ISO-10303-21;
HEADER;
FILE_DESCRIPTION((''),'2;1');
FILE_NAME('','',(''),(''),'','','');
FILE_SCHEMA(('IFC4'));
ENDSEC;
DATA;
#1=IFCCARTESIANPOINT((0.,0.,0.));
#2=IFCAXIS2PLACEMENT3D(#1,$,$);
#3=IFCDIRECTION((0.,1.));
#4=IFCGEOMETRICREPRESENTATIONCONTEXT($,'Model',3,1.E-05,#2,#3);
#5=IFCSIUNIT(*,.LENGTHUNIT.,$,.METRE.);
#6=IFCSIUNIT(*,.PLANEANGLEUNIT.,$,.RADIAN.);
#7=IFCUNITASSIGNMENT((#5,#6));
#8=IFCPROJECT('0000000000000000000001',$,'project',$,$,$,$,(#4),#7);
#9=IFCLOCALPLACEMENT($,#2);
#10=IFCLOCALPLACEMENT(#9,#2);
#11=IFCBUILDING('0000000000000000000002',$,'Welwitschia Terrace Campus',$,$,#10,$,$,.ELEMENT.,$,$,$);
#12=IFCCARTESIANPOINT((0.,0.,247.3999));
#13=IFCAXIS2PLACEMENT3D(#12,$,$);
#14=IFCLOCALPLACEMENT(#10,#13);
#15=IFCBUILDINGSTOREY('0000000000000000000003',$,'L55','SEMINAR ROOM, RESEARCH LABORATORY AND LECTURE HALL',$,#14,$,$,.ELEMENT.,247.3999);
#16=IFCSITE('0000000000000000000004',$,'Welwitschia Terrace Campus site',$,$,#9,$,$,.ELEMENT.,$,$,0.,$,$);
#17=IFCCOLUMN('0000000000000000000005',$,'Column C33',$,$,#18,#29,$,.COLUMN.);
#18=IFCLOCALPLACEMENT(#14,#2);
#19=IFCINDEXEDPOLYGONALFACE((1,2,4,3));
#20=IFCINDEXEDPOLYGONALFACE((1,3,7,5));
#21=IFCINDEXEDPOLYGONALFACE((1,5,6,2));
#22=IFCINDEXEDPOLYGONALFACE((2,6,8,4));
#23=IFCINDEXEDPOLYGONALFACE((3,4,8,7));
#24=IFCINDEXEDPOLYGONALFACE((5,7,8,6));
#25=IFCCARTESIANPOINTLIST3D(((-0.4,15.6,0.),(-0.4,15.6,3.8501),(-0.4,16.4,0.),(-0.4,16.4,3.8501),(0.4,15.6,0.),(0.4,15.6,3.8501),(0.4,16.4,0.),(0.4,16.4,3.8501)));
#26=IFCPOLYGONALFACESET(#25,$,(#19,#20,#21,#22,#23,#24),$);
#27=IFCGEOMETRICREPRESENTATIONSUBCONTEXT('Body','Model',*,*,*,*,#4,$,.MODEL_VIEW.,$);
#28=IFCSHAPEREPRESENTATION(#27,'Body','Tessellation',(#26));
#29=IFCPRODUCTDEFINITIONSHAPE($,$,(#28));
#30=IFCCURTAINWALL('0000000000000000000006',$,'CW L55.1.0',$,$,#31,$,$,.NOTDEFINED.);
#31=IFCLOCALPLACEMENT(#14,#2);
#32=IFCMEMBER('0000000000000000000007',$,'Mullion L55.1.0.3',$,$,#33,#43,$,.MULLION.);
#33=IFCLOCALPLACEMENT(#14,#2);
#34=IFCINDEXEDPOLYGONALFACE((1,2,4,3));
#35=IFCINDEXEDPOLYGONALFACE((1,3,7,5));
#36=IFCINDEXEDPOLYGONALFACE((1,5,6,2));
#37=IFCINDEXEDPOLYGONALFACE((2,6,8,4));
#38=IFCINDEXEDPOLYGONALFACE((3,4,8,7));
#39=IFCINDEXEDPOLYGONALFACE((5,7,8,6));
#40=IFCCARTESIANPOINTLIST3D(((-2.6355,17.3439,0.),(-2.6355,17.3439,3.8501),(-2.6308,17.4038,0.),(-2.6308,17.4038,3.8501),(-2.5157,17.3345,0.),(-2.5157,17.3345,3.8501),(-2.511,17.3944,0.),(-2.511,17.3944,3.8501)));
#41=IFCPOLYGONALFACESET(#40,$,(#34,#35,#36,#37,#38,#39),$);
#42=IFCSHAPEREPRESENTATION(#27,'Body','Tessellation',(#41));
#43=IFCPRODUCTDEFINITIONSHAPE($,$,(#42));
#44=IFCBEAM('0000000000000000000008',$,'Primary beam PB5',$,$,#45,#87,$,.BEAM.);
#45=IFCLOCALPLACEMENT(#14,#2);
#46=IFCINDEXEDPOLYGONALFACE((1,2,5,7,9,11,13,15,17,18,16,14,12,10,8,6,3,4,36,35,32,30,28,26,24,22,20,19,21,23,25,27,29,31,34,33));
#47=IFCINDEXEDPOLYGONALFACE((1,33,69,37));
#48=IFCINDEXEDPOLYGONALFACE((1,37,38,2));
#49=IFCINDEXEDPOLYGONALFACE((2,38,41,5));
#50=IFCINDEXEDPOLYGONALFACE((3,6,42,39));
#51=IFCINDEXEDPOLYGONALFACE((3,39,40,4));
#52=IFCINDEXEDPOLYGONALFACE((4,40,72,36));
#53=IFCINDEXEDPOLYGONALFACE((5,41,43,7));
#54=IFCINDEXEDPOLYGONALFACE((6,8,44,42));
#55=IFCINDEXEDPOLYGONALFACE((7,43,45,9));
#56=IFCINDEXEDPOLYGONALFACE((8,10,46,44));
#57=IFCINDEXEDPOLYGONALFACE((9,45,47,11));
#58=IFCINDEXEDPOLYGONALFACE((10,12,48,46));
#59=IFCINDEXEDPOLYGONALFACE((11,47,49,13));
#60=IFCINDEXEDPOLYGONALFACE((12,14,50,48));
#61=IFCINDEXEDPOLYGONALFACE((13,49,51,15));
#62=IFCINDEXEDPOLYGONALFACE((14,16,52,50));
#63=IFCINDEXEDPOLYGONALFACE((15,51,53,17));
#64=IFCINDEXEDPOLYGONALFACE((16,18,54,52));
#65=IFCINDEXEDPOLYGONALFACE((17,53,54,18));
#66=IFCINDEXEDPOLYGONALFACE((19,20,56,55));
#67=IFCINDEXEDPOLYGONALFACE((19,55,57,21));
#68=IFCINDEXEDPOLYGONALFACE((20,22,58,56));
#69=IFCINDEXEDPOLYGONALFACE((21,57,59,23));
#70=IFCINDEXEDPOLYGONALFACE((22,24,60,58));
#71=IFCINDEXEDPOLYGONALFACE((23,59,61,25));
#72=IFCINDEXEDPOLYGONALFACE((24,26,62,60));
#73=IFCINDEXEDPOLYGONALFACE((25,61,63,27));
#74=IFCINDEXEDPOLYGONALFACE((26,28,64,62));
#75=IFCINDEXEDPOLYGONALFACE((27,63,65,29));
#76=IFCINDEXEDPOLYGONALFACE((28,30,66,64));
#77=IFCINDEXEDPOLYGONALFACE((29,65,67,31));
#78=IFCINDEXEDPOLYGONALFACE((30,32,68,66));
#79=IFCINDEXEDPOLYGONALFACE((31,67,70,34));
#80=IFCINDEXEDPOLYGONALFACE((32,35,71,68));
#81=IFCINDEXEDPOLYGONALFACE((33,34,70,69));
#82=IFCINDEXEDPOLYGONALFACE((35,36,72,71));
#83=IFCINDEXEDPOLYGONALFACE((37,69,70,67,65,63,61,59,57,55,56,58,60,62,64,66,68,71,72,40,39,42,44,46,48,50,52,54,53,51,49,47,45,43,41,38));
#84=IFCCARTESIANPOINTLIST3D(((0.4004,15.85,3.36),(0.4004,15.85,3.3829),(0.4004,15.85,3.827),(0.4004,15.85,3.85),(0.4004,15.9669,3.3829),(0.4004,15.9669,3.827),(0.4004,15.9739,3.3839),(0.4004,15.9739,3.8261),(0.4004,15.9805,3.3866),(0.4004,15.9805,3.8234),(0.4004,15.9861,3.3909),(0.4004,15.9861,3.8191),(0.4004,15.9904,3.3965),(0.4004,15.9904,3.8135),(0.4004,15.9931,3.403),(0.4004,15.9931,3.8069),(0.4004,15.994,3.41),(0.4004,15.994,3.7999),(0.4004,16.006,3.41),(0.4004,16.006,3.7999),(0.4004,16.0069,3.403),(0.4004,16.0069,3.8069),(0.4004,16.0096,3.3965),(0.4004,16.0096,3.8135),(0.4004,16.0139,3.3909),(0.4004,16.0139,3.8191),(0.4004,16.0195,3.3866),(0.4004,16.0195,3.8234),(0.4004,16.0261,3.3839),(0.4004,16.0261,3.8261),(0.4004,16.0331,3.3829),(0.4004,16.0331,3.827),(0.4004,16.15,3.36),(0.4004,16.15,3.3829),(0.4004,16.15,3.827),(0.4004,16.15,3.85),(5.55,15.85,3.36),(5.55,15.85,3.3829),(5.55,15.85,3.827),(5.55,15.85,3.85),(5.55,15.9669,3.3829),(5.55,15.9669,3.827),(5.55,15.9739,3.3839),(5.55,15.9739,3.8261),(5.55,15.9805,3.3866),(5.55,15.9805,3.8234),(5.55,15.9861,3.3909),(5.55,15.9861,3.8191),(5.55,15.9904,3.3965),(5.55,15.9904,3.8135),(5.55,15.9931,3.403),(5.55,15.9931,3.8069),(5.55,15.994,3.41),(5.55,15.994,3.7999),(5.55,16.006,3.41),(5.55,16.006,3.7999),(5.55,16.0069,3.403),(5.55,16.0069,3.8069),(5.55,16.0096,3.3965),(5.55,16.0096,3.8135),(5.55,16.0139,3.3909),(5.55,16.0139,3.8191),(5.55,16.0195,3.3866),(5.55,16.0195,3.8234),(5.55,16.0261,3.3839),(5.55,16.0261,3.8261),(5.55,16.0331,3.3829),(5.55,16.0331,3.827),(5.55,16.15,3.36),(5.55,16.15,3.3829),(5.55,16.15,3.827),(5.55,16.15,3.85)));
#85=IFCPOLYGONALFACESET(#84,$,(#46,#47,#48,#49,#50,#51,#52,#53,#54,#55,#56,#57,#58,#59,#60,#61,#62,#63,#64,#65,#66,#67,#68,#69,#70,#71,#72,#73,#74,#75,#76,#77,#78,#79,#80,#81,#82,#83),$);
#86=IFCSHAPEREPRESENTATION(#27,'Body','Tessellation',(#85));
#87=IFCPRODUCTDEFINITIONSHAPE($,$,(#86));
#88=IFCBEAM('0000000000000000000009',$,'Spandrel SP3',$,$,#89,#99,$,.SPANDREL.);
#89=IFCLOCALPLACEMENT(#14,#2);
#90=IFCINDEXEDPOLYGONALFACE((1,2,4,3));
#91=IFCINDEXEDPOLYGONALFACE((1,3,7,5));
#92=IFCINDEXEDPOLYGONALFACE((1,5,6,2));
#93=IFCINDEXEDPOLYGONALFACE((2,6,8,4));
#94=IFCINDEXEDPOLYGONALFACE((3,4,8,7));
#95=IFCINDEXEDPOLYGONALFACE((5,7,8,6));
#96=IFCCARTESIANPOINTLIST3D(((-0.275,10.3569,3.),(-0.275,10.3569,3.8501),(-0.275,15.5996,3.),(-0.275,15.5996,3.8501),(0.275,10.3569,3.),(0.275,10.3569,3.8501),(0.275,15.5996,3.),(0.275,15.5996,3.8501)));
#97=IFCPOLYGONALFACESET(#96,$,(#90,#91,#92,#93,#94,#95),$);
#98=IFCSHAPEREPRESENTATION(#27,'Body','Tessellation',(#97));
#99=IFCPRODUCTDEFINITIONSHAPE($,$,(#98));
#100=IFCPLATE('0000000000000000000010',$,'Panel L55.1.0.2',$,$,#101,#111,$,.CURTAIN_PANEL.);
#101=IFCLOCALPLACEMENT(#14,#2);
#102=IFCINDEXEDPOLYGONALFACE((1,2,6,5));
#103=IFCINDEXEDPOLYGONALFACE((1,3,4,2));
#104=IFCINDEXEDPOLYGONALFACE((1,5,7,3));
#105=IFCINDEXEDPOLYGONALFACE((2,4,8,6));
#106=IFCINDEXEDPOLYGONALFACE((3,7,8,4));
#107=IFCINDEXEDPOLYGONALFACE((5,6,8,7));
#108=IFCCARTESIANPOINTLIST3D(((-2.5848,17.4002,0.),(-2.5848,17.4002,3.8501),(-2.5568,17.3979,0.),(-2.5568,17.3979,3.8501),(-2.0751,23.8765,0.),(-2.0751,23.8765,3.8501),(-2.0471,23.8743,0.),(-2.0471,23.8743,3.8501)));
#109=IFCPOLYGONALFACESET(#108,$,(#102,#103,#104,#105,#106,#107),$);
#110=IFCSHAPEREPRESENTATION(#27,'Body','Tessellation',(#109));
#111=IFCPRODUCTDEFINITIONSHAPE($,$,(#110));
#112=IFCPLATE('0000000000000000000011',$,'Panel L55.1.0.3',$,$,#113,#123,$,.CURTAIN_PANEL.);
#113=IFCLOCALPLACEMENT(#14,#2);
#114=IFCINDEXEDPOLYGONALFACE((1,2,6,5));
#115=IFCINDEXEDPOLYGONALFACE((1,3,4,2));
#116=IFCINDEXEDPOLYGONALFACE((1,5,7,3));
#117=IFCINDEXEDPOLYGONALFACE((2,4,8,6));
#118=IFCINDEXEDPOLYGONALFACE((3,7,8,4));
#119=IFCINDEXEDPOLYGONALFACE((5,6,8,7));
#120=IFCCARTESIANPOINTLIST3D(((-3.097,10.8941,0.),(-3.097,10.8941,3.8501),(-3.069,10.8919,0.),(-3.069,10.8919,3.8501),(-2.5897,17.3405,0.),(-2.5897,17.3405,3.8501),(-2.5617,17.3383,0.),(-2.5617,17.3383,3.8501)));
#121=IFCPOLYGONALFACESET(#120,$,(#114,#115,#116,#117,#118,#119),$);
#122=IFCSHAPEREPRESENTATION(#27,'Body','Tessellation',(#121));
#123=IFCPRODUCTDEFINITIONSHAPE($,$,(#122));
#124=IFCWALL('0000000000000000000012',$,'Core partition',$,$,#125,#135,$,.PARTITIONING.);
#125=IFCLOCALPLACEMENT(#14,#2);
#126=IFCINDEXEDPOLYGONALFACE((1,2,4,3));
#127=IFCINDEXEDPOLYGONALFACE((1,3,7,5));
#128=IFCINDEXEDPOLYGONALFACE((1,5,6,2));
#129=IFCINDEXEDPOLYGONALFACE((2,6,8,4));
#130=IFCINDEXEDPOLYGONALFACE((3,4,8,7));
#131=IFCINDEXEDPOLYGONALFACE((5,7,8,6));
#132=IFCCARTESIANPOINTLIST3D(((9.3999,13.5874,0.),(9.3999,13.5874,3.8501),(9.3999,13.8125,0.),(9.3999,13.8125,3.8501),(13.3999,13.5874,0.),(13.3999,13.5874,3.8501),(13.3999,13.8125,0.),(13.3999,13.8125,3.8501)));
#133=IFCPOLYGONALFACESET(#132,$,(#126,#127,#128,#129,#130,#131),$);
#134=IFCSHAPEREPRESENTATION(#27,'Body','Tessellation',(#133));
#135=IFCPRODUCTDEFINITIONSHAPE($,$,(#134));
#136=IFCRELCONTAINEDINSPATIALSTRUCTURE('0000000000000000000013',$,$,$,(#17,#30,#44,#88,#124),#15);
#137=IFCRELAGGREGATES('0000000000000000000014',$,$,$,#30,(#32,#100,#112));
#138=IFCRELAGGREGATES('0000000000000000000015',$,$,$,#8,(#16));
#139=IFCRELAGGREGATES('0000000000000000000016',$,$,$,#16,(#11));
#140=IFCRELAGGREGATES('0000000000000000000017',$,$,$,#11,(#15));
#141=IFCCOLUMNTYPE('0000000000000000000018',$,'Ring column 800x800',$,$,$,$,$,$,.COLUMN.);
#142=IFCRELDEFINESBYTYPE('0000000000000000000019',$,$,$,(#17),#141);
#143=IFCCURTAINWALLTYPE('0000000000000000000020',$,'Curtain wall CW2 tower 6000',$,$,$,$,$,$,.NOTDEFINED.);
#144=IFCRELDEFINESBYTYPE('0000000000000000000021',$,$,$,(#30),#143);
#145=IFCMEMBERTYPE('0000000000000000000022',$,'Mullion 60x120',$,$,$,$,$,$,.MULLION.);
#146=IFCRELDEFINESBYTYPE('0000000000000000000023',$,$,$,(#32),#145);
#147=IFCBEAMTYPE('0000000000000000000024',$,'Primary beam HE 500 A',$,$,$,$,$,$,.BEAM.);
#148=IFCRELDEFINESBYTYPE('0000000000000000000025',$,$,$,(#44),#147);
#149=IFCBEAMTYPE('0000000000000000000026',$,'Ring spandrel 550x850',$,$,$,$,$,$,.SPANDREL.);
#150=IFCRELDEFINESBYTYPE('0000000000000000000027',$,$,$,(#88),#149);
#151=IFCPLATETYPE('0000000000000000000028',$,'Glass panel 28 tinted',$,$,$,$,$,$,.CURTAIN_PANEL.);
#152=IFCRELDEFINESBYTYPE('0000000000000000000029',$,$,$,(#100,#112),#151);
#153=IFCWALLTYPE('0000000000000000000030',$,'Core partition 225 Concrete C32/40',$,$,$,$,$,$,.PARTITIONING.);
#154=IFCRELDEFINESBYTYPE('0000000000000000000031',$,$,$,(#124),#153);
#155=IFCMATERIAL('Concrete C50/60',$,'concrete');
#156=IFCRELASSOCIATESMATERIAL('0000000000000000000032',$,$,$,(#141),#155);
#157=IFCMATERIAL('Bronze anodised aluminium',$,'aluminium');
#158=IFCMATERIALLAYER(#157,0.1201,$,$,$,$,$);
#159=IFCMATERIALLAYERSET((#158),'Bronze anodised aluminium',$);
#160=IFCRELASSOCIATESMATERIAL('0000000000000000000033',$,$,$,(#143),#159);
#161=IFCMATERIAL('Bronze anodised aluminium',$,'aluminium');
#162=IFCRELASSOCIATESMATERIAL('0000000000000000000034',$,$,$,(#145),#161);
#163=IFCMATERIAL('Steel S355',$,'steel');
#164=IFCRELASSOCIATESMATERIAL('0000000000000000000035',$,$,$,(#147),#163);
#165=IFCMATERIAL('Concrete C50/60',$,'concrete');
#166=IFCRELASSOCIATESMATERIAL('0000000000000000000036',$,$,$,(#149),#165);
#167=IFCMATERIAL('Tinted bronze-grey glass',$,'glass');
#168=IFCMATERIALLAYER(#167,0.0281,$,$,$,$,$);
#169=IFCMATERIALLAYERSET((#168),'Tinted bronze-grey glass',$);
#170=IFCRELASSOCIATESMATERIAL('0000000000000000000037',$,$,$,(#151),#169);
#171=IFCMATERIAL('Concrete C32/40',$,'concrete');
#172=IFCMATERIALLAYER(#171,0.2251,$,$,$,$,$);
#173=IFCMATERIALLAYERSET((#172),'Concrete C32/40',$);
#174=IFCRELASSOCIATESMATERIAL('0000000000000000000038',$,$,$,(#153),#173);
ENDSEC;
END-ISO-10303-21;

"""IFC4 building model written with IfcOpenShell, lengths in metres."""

from ifc_helpers import new_model, si_unit, direction, frame, frame_2d, origin, origin_2d, place, context, subcontext, project, spatial, rectangle, i_section, extrude, material, layer, layer_set, material_profile, profile_set, type_object, element, aggregate, save


model = new_model("IFC4")

# Units and contexts
model_context = context("Model", 3, precision=1e-05, world=origin(), true_north=direction((0.0, 1.0)))
body_context = subcontext(model_context, "Body", "Model", "MODEL_VIEW")
ifc_project = project(units=[si_unit("LENGTHUNIT", "METRE"), si_unit("PLANEANGLEUNIT", "RADIAN")], contexts=[model_context])

# Site, building, storey
site_placement = place(None, origin())
site = spatial("IfcSite", under=ifc_project, at=site_placement, Name="Welwitschia Terrace Campus site", CompositionType="ELEMENT", RefElevation=0.0)
building_placement = place(site_placement, origin())
building = spatial("IfcBuilding", under=site, at=building_placement, Name="Welwitschia Terrace Campus", CompositionType="ELEMENT")
storey_placement = place(building_placement, frame((0.0, 0.0, 247.3999)))
storey = spatial("IfcBuildingStorey", under=building, at=storey_placement, Name="L55", Description="SEMINAR ROOM, RESEARCH LABORATORY AND LECTURE HALL", CompositionType="ELEMENT", Elevation=247.3999)

# Column
ifc_material_1 = material(Name="Concrete C50/60", Category="concrete")
ifc_material_profile_1 = material_profile(ifc_material_1, rectangle(XDim=0.8, YDim=0.8, at=origin_2d()))
ifc_profile_set_1 = profile_set([ifc_material_profile_1], Name="Concrete C50/60")
column_type = type_object("IfcColumnType", Name="Ring column 800x800", PredefinedType="COLUMN", material=ifc_profile_set_1)
column_placement = place(storey_placement, frame((0.0, 16.0, 0.0), z_axis=(0.0, 0.0, 1.0), x_axis=(1.0, 0.0, 0.0)))
element("IfcColumn", 1, at=column_placement, inside=storey, type_object=column_type, Name="Column C33", PredefinedType="COLUMN", context=body_context, shape_type="SweptSolid", body=[
    extrude(rectangle(XDim=0.8, YDim=0.8, at=origin_2d()), origin(), (0.0, 0.0, 1.0), 3.8501),
])

# Curtain wall, member
ifc_material_2 = material(Name="Bronze anodised aluminium", Category="aluminium")
ifc_layer_1 = layer(ifc_material_2, 0.1201)
ifc_layer_set_1 = layer_set([ifc_layer_1], Name="Bronze anodised aluminium")
curtain_wall_type = type_object("IfcCurtainWallType", Name="Curtain wall CW2 tower 6000", PredefinedType="NOTDEFINED", material=ifc_layer_set_1)
curtain_wall_placement = place(storey_placement, origin())
curtain_wall = element("IfcCurtainWall", 2, at=curtain_wall_placement, inside=storey, type_object=curtain_wall_type, Name="CW L55.1.0", PredefinedType="NOTDEFINED")
ifc_material_3 = material(Name="Bronze anodised aluminium", Category="aluminium")
ifc_material_profile_2 = material_profile(ifc_material_3, rectangle(XDim=0.1201, YDim=0.0601, at=origin_2d()))
ifc_profile_set_2 = profile_set([ifc_material_profile_2], Name="Bronze anodised aluminium")
member_type = type_object("IfcMemberType", Name="Mullion 60x120", PredefinedType="MULLION", material=ifc_profile_set_2)
member_placement = place(storey_placement, frame((-2.5732, 17.3691, 0.0), z_axis=(0.0, 0.0, 1.0), x_axis=(0.996917, -0.078459, 0.0)))
member = element("IfcMember", 3, at=member_placement, type_object=member_type, Name="Mullion L55.1.0.3", PredefinedType="MULLION", context=body_context, shape_type="SweptSolid", body=[
    extrude(rectangle(XDim=0.1201, YDim=0.0601, at=origin_2d()), origin(), (0.0, 0.0, 1.0), 3.8501),
])

# Beams
ifc_material_4 = material(Name="Steel S355", Category="steel")
ifc_material_profile_3 = material_profile(ifc_material_4, i_section(OverallWidth=0.3, OverallDepth=0.49, WebThickness=0.012, FlangeThickness=0.0229, FilletRadius=0.0271, at=origin_2d()))
ifc_profile_set_3 = profile_set([ifc_material_profile_3], Name="Steel S355")
beam_type_1 = type_object("IfcBeamType", Name="Primary beam HE 500 A", PredefinedType="BEAM", material=ifc_profile_set_3)
beam_1_placement = place(storey_placement, frame((0.4004, 16.0, 3.605), z_axis=(1.0, 0.0, 0.0), x_axis=(0.0, 1.0, 0.0)))
element("IfcBeam", 4, at=beam_1_placement, inside=storey, type_object=beam_type_1, Name="Primary beam PB5", PredefinedType="BEAM", context=body_context, shape_type="SweptSolid", body=[
    extrude(i_section(OverallWidth=0.3, OverallDepth=0.49, WebThickness=0.012, FlangeThickness=0.0229, FilletRadius=0.0271, at=origin_2d()), origin(), (0.0, 0.0, 1.0), 5.1497),
])
ifc_material_5 = material(Name="Concrete C50/60", Category="concrete")
ifc_material_profile_4 = material_profile(ifc_material_5, rectangle(XDim=0.55, YDim=0.8501, at=origin_2d()))
ifc_profile_set_4 = profile_set([ifc_material_profile_4], Name="Concrete C50/60")
beam_type_2 = type_object("IfcBeamType", Name="Ring spandrel 550x850", PredefinedType="SPANDREL", material=ifc_profile_set_4)
beam_2_placement = place(storey_placement, frame((0.0, 15.5996, 3.425), z_axis=(0.0, -1.0, 0.0), x_axis=(1.0, 0.0, 0.0)))
element("IfcBeam", 5, at=beam_2_placement, inside=storey, type_object=beam_type_2, Name="Spandrel SP3", PredefinedType="SPANDREL", context=body_context, shape_type="SweptSolid", body=[
    extrude(rectangle(XDim=0.55, YDim=0.8501, at=origin_2d()), origin(), (0.0, 0.0, 1.0), 5.2427),
])

# Plates
ifc_material_6 = material(Name="Tinted bronze-grey glass", Category="glass")
ifc_layer_2 = layer(ifc_material_6, 0.0281)
ifc_layer_set_2 = layer_set([ifc_layer_2], Name="Tinted bronze-grey glass")
plate_type = type_object("IfcPlateType", Name="Glass panel 28 tinted", PredefinedType="CURTAIN_PANEL", material=ifc_layer_set_2)
plate_1_placement = place(storey_placement, frame((-2.3159, 20.6372, 0.0), z_axis=(0.0, 0.0, 1.0), x_axis=(-0.078459, -0.996917, 0.0)))
plate_1 = element("IfcPlate", 6, at=plate_1_placement, type_object=plate_type, Name="Panel L55.1.0.2", PredefinedType="CURTAIN_PANEL", context=body_context, shape_type="SweptSolid", body=[
    extrude(rectangle(XDim=6.4963, YDim=0.0281, at=origin_2d()), origin(), (0.0, 0.0, 1.0), 3.8501),
])
plate_2_placement = place(storey_placement, frame((-2.8293, 14.1162, 0.0), z_axis=(0.0, 0.0, 1.0), x_axis=(-0.078459, -0.996917, 0.0)))
plate_2 = element("IfcPlate", 7, at=plate_2_placement, type_object=plate_type, Name="Panel L55.1.0.3", PredefinedType="CURTAIN_PANEL", context=body_context, shape_type="SweptSolid", body=[
    extrude(rectangle(XDim=6.4663, YDim=0.0281, at=origin_2d()), origin(), (0.0, 0.0, 1.0), 3.8501),
])
aggregate(curtain_wall, [member, plate_1, plate_2])

# Wall
ifc_material_7 = material(Name="Concrete C32/40", Category="concrete")
ifc_layer_3 = layer(ifc_material_7, 0.2251)
ifc_layer_set_3 = layer_set([ifc_layer_3], Name="Concrete C32/40")
wall_type_1 = type_object("IfcWallType", Name="Core partition 225 Concrete C32/40", PredefinedType="PARTITIONING", material=ifc_layer_set_3)
wall_1_placement = place(storey_placement, frame((9.3999, 13.7, 0.0), z_axis=(0.0, 0.0, 1.0), x_axis=(1.0, 0.0, 0.0)))
element("IfcWall", 8, at=wall_1_placement, inside=storey, type_object=wall_type_1, Name="Core partition", PredefinedType="PARTITIONING", context=body_context, shape_type="SweptSolid", body=[
    extrude(rectangle(XDim=4.0, YDim=0.2251, at=frame_2d((2.0, 0.0))), origin(), (0.0, 0.0, 1.0), 3.8501),
])

save(model, "model.ifc")
